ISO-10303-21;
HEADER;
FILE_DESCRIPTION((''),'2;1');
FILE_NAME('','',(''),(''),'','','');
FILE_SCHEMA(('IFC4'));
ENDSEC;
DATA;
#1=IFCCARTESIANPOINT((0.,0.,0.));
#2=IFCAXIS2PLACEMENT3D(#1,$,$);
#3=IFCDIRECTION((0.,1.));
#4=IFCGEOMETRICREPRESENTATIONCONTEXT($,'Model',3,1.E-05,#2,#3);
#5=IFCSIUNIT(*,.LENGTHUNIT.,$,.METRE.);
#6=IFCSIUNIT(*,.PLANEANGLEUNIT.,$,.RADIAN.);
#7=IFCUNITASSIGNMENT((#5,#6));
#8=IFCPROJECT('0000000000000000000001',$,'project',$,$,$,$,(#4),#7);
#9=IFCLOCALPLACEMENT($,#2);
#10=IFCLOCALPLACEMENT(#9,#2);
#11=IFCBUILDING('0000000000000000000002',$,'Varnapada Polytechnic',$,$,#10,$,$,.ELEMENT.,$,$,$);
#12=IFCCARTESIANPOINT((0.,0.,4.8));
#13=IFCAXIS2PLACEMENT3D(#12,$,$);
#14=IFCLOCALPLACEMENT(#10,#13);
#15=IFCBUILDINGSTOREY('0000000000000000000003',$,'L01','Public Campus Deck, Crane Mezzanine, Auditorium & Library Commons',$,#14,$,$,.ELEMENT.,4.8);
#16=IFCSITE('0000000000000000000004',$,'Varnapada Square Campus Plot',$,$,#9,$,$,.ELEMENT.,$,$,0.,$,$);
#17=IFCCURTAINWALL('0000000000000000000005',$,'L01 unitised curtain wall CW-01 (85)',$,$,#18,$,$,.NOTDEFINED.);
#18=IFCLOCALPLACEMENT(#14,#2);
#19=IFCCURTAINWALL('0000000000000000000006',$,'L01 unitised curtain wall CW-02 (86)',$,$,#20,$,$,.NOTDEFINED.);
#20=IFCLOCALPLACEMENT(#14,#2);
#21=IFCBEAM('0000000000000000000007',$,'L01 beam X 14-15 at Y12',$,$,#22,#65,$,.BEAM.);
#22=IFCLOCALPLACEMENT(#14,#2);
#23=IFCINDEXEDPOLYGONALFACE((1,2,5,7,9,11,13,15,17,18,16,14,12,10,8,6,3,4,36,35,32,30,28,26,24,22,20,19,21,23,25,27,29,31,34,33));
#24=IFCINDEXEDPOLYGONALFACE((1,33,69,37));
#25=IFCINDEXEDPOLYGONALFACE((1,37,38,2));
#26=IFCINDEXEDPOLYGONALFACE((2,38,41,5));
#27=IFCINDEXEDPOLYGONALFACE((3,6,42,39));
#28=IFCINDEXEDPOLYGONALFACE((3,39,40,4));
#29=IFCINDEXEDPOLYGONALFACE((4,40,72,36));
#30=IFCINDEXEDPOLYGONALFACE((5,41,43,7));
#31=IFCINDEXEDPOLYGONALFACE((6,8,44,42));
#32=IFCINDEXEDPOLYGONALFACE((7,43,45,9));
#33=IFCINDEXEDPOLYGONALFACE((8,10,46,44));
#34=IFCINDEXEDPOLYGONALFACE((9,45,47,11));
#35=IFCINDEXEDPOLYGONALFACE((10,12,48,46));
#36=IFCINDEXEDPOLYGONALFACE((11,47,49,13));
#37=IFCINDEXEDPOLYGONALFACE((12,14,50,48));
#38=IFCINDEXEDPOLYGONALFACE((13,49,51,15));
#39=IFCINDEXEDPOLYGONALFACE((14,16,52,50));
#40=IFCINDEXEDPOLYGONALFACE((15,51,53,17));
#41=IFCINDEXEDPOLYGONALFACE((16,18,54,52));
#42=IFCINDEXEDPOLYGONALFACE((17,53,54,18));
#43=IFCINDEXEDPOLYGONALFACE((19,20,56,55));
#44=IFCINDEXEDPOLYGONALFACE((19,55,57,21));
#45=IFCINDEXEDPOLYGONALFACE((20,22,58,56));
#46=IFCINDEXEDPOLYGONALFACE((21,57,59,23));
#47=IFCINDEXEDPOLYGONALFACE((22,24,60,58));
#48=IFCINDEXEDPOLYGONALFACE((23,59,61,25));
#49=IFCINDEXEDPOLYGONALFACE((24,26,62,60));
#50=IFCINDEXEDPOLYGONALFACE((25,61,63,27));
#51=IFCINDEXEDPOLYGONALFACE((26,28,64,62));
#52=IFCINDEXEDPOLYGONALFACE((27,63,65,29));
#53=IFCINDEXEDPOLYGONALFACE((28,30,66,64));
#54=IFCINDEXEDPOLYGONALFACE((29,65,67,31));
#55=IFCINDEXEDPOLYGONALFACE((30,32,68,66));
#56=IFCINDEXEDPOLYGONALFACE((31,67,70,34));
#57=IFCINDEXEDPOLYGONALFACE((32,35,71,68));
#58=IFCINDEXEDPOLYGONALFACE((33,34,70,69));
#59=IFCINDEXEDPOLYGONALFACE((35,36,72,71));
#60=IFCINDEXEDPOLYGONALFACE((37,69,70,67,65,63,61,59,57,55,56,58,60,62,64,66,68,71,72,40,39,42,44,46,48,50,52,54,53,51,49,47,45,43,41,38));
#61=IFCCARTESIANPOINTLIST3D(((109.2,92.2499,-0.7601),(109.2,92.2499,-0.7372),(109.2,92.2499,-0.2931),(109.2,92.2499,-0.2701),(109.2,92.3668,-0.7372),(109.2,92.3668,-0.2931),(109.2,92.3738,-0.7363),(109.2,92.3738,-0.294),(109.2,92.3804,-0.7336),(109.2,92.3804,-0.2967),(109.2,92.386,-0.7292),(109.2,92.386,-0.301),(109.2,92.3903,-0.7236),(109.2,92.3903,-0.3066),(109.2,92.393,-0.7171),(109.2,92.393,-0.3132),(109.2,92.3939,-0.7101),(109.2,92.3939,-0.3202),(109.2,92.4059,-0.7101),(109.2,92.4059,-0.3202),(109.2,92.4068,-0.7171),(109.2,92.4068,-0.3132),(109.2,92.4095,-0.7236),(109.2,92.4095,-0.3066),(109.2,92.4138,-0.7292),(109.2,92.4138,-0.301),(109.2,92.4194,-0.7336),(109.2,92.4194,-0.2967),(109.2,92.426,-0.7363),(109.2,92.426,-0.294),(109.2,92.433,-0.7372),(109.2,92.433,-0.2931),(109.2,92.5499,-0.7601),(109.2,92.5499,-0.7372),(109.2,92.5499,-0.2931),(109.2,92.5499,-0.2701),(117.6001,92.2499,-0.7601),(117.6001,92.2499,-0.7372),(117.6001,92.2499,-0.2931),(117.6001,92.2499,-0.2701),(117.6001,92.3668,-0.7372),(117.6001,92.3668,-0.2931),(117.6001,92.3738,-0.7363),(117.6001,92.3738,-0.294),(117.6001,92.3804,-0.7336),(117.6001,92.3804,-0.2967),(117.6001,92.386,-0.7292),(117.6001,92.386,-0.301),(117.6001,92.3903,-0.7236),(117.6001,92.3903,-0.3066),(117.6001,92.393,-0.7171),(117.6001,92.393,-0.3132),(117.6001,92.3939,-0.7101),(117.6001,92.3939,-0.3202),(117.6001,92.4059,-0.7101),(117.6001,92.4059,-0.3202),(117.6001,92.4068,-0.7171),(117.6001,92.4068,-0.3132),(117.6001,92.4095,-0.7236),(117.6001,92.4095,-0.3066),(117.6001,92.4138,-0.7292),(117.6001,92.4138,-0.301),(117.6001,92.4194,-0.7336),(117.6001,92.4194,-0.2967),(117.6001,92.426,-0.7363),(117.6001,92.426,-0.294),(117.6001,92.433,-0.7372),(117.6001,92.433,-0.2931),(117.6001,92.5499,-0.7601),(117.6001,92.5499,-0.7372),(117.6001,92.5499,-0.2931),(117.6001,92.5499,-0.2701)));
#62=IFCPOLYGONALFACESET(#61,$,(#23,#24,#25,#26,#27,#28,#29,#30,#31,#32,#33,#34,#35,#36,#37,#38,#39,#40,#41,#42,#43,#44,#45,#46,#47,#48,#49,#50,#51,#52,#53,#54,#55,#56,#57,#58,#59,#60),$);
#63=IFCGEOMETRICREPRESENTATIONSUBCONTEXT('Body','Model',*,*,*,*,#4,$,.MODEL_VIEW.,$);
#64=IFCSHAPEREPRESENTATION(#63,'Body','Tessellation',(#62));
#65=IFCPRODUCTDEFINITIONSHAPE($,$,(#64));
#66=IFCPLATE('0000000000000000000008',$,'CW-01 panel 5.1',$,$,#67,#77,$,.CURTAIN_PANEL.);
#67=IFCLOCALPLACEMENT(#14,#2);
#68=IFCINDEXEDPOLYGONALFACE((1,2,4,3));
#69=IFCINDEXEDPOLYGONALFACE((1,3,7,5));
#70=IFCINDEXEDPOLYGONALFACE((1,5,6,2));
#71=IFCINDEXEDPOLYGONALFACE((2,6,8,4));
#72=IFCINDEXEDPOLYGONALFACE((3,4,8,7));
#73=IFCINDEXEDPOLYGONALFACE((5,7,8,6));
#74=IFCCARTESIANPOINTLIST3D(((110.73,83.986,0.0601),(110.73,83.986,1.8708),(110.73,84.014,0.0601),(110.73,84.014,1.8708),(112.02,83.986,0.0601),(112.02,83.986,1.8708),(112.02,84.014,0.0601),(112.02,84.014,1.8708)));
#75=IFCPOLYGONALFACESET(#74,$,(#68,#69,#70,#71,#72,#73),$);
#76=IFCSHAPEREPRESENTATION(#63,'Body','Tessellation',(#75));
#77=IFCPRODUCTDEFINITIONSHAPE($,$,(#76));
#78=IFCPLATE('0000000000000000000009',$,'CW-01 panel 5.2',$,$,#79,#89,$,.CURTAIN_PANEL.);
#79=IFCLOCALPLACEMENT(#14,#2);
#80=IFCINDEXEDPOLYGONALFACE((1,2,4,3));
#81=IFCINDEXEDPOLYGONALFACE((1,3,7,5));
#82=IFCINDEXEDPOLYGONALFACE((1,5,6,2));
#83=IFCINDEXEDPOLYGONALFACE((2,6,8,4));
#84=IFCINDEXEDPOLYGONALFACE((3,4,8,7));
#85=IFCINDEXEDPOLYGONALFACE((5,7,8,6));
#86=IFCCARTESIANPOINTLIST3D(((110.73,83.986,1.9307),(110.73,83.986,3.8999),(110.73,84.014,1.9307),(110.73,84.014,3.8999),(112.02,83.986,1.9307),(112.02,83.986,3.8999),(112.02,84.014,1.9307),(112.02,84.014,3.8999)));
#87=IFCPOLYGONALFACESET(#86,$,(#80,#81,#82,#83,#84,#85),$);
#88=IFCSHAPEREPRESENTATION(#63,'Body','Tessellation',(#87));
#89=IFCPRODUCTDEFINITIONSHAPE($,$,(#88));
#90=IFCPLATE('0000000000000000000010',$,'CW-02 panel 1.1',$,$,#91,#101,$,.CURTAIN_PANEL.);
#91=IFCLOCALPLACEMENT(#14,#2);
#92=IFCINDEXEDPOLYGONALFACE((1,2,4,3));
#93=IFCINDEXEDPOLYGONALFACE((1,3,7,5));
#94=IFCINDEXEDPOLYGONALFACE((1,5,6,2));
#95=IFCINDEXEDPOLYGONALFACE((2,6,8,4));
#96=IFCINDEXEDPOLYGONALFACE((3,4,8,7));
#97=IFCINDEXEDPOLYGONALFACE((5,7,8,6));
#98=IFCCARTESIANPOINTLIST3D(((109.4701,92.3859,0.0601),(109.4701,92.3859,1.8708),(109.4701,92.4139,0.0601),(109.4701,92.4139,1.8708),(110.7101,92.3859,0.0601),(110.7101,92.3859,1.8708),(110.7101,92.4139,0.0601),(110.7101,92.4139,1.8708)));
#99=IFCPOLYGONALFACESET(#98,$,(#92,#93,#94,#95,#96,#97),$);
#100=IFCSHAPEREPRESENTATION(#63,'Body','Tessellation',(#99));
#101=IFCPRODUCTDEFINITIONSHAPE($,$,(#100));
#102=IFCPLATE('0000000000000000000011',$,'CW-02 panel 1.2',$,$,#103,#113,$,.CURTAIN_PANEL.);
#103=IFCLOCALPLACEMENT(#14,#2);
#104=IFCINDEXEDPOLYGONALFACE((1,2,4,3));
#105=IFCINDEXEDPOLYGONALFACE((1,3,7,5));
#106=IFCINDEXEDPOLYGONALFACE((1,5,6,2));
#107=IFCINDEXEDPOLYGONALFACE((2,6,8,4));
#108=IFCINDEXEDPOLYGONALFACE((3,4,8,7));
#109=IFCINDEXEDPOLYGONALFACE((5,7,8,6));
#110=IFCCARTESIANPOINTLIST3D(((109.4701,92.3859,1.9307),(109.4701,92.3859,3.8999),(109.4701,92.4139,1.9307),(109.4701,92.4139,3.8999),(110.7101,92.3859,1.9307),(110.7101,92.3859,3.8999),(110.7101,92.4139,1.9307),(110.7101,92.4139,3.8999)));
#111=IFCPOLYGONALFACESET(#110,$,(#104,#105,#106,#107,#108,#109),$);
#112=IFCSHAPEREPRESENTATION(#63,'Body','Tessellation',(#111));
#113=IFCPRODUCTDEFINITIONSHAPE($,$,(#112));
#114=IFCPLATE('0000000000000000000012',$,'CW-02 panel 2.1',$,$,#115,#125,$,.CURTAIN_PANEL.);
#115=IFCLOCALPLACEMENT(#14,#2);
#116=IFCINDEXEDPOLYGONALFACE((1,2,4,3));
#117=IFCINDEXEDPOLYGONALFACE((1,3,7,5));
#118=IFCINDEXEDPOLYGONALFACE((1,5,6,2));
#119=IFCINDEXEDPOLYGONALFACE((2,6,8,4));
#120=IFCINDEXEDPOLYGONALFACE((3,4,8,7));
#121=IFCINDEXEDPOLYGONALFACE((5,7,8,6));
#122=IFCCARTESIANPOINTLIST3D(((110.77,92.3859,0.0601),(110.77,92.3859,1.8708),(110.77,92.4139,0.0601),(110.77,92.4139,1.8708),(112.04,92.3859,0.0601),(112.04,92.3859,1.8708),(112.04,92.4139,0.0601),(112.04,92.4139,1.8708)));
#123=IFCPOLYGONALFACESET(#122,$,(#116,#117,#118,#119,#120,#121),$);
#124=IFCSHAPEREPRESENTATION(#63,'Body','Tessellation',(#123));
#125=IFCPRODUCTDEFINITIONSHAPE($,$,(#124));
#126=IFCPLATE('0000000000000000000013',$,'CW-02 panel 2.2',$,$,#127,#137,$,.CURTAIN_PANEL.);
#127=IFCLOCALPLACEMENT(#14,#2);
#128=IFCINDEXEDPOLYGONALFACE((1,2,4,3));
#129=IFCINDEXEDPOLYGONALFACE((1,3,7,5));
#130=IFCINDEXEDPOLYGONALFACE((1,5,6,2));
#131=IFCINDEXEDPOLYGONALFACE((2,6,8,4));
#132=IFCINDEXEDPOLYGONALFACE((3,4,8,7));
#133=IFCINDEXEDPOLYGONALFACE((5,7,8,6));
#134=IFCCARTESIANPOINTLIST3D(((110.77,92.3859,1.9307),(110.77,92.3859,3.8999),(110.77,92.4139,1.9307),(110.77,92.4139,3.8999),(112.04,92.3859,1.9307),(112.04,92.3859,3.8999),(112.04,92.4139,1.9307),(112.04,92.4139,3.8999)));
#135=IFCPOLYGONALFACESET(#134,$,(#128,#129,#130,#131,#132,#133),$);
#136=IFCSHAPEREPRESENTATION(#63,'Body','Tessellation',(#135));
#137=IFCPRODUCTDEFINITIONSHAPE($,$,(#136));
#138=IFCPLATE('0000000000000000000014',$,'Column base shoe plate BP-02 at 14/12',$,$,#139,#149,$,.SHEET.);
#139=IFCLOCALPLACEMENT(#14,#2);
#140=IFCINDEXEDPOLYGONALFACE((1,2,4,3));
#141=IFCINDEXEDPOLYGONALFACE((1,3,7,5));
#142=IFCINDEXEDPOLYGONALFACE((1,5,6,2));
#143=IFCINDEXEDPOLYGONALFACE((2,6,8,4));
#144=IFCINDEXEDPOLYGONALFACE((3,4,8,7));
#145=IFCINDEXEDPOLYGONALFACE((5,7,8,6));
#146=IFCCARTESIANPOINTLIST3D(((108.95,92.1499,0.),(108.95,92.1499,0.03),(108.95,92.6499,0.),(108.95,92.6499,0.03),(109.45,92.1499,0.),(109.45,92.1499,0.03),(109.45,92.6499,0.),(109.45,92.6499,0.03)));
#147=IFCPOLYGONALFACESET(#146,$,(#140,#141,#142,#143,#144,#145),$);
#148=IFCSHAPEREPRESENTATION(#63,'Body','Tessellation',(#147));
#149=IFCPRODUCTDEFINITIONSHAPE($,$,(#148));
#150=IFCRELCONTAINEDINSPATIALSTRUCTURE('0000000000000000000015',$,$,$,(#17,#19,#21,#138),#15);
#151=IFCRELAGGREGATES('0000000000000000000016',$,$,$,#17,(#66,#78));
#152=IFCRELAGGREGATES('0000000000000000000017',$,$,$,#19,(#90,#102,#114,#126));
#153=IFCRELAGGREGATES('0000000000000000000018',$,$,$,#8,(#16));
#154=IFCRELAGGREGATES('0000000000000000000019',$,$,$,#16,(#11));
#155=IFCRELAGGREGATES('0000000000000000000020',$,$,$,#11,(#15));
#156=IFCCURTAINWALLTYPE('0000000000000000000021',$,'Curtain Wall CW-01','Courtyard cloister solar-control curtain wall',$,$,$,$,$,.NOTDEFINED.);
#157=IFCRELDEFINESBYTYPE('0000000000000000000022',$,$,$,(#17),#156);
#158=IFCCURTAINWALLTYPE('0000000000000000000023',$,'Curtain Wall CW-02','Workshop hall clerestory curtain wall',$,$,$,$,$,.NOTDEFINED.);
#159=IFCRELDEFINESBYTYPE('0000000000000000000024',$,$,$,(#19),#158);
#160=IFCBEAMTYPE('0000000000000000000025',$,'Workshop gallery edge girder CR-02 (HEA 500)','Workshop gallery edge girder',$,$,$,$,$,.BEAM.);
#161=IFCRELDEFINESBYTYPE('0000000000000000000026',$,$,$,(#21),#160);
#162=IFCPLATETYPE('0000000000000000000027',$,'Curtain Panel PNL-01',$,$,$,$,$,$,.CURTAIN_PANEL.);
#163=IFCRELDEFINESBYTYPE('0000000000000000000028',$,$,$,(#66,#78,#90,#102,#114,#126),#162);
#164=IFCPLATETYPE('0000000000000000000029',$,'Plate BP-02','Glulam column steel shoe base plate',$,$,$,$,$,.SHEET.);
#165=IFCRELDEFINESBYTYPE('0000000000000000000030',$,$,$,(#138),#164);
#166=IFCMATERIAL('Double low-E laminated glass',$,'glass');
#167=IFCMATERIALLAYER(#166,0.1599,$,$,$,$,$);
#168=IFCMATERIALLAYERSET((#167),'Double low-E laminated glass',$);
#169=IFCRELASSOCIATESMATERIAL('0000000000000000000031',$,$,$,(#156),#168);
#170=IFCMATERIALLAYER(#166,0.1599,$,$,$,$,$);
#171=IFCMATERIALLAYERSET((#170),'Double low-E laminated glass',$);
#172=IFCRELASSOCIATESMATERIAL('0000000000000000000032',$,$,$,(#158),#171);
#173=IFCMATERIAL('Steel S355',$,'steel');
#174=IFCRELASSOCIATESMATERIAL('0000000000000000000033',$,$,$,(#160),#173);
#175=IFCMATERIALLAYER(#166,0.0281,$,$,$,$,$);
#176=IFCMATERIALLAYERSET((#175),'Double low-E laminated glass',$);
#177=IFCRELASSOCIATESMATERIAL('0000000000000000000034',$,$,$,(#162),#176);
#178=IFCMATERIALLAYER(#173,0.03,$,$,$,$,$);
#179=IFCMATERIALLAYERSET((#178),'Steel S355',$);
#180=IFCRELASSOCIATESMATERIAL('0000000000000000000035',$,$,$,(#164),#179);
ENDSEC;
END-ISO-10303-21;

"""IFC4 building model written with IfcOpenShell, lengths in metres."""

from ifc_helpers import new_model, si_unit, direction, frame, origin, origin_2d, place, context, subcontext, project, spatial, rectangle, i_section, extrude, material, layer, layer_set, material_profile, profile_set, type_object, element, aggregate, save


model = new_model("IFC4")

# Units and contexts
model_context = context("Model", 3, precision=1e-05, world=origin(), true_north=direction((0.0, 1.0)))
body_context = subcontext(model_context, "Body", "Model", "MODEL_VIEW")
ifc_project = project(units=[si_unit("LENGTHUNIT", "METRE"), si_unit("PLANEANGLEUNIT", "RADIAN")], contexts=[model_context])

# Site, building, storey
site_placement = place(None, origin())
site = spatial("IfcSite", under=ifc_project, at=site_placement, Name="Varnapada Square Campus Plot", CompositionType="ELEMENT", RefElevation=0.0)
building_placement = place(site_placement, origin())
building = spatial("IfcBuilding", under=site, at=building_placement, Name="Varnapada Polytechnic", CompositionType="ELEMENT")
storey_placement = place(building_placement, frame((0.0, 0.0, 4.8)))
storey = spatial("IfcBuildingStorey", under=building, at=storey_placement, Name="L01", Description="Public Campus Deck, Crane Mezzanine, Auditorium & Library Commons", CompositionType="ELEMENT", Elevation=4.8)

# Shared definitions
ifc_material_1 = material(Name="Steel S355", Category="steel")

# Curtain wall
ifc_material_2 = material(Name="Double low-E laminated glass", Category="glass")
ifc_layer_1 = layer(ifc_material_2, 0.1599)
ifc_layer_set_1 = layer_set([ifc_layer_1], Name="Double low-E laminated glass")
curtain_wall_type_1 = type_object("IfcCurtainWallType", Name="Curtain Wall CW-01", Description="Courtyard cloister solar-control curtain wall", PredefinedType="NOTDEFINED", material=ifc_layer_set_1)
curtain_wall_1_placement = place(storey_placement, origin())
curtain_wall_1 = element("IfcCurtainWall", 1, at=curtain_wall_1_placement, inside=storey, type_object=curtain_wall_type_1, Name="L01 unitised curtain wall CW-01 (85)", PredefinedType="NOTDEFINED")

# Curtain wall
ifc_layer_2 = layer(ifc_material_2, 0.1599)
ifc_layer_set_2 = layer_set([ifc_layer_2], Name="Double low-E laminated glass")
curtain_wall_type_2 = type_object("IfcCurtainWallType", Name="Curtain Wall CW-02", Description="Workshop hall clerestory curtain wall", PredefinedType="NOTDEFINED", material=ifc_layer_set_2)
curtain_wall_2_placement = place(storey_placement, origin())
curtain_wall_2 = element("IfcCurtainWall", 2, at=curtain_wall_2_placement, inside=storey, type_object=curtain_wall_type_2, Name="L01 unitised curtain wall CW-02 (86)", PredefinedType="NOTDEFINED")

# Beam
ifc_material_profile_1 = material_profile(ifc_material_1, i_section(OverallWidth=0.3, OverallDepth=0.49, WebThickness=0.012, FlangeThickness=0.0229, FilletRadius=0.0271, at=origin_2d()), Name="HEA 500")
ifc_profile_set_1 = profile_set([ifc_material_profile_1], Name="Steel S355")
beam_type_1 = type_object("IfcBeamType", Name="Workshop gallery edge girder CR-02 (HEA 500)", Description="Workshop gallery edge girder", PredefinedType="BEAM", material=ifc_profile_set_1)
beam_1_placement = place(storey_placement, frame((109.2, 92.3999, -0.5151), z_axis=(1.0, 0.0, 0.0), x_axis=(0.0, 1.0, 0.0)))
element("IfcBeam", 3, at=beam_1_placement, inside=storey, type_object=beam_type_1, Name="L01 beam X 14-15 at Y12", PredefinedType="BEAM", context=body_context, shape_type="SweptSolid", body=[
    extrude(i_section(OverallWidth=0.3, OverallDepth=0.49, WebThickness=0.012, FlangeThickness=0.0229, FilletRadius=0.0271, at=origin_2d()), origin(), (0.0, 0.0, 1.0), 8.4001),
])

# Plates
ifc_layer_3 = layer(ifc_material_2, 0.0281)
ifc_layer_set_3 = layer_set([ifc_layer_3], Name="Double low-E laminated glass")
plate_type_1 = type_object("IfcPlateType", Name="Curtain Panel PNL-01", PredefinedType="CURTAIN_PANEL", material=ifc_layer_set_3)
plate_1_placement = place(storey_placement, frame((111.375, 84.0, 0.0601), z_axis=(0.0, 0.0, 1.0), x_axis=(-1.0, 0.0, 0.0)))
plate_1 = element("IfcPlate", 4, at=plate_1_placement, type_object=plate_type_1, Name="CW-01 panel 5.1", PredefinedType="CURTAIN_PANEL", context=body_context, shape_type="SweptSolid", body=[
    extrude(rectangle(XDim=1.29, YDim=0.0281, at=origin_2d()), origin(), (0.0, 0.0, 1.0), 1.8108),
])
plate_2_placement = place(storey_placement, frame((111.375, 84.0, 1.9307), z_axis=(0.0, 0.0, 1.0), x_axis=(-1.0, 0.0, 0.0)))
plate_2 = element("IfcPlate", 5, at=plate_2_placement, type_object=plate_type_1, Name="CW-01 panel 5.2", PredefinedType="CURTAIN_PANEL", context=body_context, shape_type="SweptSolid", body=[
    extrude(rectangle(XDim=1.29, YDim=0.0281, at=origin_2d()), origin(), (0.0, 0.0, 1.0), 1.9692),
])
aggregate(curtain_wall_1, [plate_1, plate_2])
plate_3_placement = place(storey_placement, frame((110.0901, 92.3999, 0.0601), z_axis=(0.0, 0.0, 1.0), x_axis=(1.0, 0.0, 0.0)))
plate_3 = element("IfcPlate", 6, at=plate_3_placement, type_object=plate_type_1, Name="CW-02 panel 1.1", PredefinedType="CURTAIN_PANEL", context=body_context, shape_type="SweptSolid", body=[
    extrude(rectangle(XDim=1.24, YDim=0.0281, at=origin_2d()), origin(), (0.0, 0.0, 1.0), 1.8108),
])
plate_4_placement = place(storey_placement, frame((110.0901, 92.3999, 1.9307), z_axis=(0.0, 0.0, 1.0), x_axis=(1.0, 0.0, 0.0)))
plate_4 = element("IfcPlate", 7, at=plate_4_placement, type_object=plate_type_1, Name="CW-02 panel 1.2", PredefinedType="CURTAIN_PANEL", context=body_context, shape_type="SweptSolid", body=[
    extrude(rectangle(XDim=1.24, YDim=0.0281, at=origin_2d()), origin(), (0.0, 0.0, 1.0), 1.9692),
])
plate_5_placement = place(storey_placement, frame((111.405, 92.3999, 0.0601), z_axis=(0.0, 0.0, 1.0), x_axis=(1.0, 0.0, 0.0)))
plate_5 = element("IfcPlate", 8, at=plate_5_placement, type_object=plate_type_1, Name="CW-02 panel 2.1", PredefinedType="CURTAIN_PANEL", context=body_context, shape_type="SweptSolid", body=[
    extrude(rectangle(XDim=1.27, YDim=0.0281, at=origin_2d()), origin(), (0.0, 0.0, 1.0), 1.8108),
])
plate_6_placement = place(storey_placement, frame((111.405, 92.3999, 1.9307), z_axis=(0.0, 0.0, 1.0), x_axis=(1.0, 0.0, 0.0)))
plate_6 = element("IfcPlate", 9, at=plate_6_placement, type_object=plate_type_1, Name="CW-02 panel 2.2", PredefinedType="CURTAIN_PANEL", context=body_context, shape_type="SweptSolid", body=[
    extrude(rectangle(XDim=1.27, YDim=0.0281, at=origin_2d()), origin(), (0.0, 0.0, 1.0), 1.9692),
])
aggregate(curtain_wall_2, [plate_3, plate_4, plate_5, plate_6])
ifc_layer_4 = layer(ifc_material_1, 0.03)
ifc_layer_set_4 = layer_set([ifc_layer_4], Name="Steel S355")
plate_type_2 = type_object("IfcPlateType", Name="Plate BP-02", Description="Glulam column steel shoe base plate", PredefinedType="SHEET", material=ifc_layer_set_4)
plate_7_placement = place(storey_placement, frame((109.2, 92.3999, 0.0), z_axis=(0.0, 0.0, 1.0), x_axis=(1.0, 0.0, 0.0)))
element("IfcPlate", 10, at=plate_7_placement, inside=storey, type_object=plate_type_2, Name="Column base shoe plate BP-02 at 14/12", PredefinedType="SHEET", context=body_context, shape_type="SweptSolid", body=[
    extrude(rectangle(XDim=0.5, YDim=0.5, at=origin_2d()), origin(), (0.0, 0.0, 1.0), 0.03),
])

save(model, "model.ifc")
